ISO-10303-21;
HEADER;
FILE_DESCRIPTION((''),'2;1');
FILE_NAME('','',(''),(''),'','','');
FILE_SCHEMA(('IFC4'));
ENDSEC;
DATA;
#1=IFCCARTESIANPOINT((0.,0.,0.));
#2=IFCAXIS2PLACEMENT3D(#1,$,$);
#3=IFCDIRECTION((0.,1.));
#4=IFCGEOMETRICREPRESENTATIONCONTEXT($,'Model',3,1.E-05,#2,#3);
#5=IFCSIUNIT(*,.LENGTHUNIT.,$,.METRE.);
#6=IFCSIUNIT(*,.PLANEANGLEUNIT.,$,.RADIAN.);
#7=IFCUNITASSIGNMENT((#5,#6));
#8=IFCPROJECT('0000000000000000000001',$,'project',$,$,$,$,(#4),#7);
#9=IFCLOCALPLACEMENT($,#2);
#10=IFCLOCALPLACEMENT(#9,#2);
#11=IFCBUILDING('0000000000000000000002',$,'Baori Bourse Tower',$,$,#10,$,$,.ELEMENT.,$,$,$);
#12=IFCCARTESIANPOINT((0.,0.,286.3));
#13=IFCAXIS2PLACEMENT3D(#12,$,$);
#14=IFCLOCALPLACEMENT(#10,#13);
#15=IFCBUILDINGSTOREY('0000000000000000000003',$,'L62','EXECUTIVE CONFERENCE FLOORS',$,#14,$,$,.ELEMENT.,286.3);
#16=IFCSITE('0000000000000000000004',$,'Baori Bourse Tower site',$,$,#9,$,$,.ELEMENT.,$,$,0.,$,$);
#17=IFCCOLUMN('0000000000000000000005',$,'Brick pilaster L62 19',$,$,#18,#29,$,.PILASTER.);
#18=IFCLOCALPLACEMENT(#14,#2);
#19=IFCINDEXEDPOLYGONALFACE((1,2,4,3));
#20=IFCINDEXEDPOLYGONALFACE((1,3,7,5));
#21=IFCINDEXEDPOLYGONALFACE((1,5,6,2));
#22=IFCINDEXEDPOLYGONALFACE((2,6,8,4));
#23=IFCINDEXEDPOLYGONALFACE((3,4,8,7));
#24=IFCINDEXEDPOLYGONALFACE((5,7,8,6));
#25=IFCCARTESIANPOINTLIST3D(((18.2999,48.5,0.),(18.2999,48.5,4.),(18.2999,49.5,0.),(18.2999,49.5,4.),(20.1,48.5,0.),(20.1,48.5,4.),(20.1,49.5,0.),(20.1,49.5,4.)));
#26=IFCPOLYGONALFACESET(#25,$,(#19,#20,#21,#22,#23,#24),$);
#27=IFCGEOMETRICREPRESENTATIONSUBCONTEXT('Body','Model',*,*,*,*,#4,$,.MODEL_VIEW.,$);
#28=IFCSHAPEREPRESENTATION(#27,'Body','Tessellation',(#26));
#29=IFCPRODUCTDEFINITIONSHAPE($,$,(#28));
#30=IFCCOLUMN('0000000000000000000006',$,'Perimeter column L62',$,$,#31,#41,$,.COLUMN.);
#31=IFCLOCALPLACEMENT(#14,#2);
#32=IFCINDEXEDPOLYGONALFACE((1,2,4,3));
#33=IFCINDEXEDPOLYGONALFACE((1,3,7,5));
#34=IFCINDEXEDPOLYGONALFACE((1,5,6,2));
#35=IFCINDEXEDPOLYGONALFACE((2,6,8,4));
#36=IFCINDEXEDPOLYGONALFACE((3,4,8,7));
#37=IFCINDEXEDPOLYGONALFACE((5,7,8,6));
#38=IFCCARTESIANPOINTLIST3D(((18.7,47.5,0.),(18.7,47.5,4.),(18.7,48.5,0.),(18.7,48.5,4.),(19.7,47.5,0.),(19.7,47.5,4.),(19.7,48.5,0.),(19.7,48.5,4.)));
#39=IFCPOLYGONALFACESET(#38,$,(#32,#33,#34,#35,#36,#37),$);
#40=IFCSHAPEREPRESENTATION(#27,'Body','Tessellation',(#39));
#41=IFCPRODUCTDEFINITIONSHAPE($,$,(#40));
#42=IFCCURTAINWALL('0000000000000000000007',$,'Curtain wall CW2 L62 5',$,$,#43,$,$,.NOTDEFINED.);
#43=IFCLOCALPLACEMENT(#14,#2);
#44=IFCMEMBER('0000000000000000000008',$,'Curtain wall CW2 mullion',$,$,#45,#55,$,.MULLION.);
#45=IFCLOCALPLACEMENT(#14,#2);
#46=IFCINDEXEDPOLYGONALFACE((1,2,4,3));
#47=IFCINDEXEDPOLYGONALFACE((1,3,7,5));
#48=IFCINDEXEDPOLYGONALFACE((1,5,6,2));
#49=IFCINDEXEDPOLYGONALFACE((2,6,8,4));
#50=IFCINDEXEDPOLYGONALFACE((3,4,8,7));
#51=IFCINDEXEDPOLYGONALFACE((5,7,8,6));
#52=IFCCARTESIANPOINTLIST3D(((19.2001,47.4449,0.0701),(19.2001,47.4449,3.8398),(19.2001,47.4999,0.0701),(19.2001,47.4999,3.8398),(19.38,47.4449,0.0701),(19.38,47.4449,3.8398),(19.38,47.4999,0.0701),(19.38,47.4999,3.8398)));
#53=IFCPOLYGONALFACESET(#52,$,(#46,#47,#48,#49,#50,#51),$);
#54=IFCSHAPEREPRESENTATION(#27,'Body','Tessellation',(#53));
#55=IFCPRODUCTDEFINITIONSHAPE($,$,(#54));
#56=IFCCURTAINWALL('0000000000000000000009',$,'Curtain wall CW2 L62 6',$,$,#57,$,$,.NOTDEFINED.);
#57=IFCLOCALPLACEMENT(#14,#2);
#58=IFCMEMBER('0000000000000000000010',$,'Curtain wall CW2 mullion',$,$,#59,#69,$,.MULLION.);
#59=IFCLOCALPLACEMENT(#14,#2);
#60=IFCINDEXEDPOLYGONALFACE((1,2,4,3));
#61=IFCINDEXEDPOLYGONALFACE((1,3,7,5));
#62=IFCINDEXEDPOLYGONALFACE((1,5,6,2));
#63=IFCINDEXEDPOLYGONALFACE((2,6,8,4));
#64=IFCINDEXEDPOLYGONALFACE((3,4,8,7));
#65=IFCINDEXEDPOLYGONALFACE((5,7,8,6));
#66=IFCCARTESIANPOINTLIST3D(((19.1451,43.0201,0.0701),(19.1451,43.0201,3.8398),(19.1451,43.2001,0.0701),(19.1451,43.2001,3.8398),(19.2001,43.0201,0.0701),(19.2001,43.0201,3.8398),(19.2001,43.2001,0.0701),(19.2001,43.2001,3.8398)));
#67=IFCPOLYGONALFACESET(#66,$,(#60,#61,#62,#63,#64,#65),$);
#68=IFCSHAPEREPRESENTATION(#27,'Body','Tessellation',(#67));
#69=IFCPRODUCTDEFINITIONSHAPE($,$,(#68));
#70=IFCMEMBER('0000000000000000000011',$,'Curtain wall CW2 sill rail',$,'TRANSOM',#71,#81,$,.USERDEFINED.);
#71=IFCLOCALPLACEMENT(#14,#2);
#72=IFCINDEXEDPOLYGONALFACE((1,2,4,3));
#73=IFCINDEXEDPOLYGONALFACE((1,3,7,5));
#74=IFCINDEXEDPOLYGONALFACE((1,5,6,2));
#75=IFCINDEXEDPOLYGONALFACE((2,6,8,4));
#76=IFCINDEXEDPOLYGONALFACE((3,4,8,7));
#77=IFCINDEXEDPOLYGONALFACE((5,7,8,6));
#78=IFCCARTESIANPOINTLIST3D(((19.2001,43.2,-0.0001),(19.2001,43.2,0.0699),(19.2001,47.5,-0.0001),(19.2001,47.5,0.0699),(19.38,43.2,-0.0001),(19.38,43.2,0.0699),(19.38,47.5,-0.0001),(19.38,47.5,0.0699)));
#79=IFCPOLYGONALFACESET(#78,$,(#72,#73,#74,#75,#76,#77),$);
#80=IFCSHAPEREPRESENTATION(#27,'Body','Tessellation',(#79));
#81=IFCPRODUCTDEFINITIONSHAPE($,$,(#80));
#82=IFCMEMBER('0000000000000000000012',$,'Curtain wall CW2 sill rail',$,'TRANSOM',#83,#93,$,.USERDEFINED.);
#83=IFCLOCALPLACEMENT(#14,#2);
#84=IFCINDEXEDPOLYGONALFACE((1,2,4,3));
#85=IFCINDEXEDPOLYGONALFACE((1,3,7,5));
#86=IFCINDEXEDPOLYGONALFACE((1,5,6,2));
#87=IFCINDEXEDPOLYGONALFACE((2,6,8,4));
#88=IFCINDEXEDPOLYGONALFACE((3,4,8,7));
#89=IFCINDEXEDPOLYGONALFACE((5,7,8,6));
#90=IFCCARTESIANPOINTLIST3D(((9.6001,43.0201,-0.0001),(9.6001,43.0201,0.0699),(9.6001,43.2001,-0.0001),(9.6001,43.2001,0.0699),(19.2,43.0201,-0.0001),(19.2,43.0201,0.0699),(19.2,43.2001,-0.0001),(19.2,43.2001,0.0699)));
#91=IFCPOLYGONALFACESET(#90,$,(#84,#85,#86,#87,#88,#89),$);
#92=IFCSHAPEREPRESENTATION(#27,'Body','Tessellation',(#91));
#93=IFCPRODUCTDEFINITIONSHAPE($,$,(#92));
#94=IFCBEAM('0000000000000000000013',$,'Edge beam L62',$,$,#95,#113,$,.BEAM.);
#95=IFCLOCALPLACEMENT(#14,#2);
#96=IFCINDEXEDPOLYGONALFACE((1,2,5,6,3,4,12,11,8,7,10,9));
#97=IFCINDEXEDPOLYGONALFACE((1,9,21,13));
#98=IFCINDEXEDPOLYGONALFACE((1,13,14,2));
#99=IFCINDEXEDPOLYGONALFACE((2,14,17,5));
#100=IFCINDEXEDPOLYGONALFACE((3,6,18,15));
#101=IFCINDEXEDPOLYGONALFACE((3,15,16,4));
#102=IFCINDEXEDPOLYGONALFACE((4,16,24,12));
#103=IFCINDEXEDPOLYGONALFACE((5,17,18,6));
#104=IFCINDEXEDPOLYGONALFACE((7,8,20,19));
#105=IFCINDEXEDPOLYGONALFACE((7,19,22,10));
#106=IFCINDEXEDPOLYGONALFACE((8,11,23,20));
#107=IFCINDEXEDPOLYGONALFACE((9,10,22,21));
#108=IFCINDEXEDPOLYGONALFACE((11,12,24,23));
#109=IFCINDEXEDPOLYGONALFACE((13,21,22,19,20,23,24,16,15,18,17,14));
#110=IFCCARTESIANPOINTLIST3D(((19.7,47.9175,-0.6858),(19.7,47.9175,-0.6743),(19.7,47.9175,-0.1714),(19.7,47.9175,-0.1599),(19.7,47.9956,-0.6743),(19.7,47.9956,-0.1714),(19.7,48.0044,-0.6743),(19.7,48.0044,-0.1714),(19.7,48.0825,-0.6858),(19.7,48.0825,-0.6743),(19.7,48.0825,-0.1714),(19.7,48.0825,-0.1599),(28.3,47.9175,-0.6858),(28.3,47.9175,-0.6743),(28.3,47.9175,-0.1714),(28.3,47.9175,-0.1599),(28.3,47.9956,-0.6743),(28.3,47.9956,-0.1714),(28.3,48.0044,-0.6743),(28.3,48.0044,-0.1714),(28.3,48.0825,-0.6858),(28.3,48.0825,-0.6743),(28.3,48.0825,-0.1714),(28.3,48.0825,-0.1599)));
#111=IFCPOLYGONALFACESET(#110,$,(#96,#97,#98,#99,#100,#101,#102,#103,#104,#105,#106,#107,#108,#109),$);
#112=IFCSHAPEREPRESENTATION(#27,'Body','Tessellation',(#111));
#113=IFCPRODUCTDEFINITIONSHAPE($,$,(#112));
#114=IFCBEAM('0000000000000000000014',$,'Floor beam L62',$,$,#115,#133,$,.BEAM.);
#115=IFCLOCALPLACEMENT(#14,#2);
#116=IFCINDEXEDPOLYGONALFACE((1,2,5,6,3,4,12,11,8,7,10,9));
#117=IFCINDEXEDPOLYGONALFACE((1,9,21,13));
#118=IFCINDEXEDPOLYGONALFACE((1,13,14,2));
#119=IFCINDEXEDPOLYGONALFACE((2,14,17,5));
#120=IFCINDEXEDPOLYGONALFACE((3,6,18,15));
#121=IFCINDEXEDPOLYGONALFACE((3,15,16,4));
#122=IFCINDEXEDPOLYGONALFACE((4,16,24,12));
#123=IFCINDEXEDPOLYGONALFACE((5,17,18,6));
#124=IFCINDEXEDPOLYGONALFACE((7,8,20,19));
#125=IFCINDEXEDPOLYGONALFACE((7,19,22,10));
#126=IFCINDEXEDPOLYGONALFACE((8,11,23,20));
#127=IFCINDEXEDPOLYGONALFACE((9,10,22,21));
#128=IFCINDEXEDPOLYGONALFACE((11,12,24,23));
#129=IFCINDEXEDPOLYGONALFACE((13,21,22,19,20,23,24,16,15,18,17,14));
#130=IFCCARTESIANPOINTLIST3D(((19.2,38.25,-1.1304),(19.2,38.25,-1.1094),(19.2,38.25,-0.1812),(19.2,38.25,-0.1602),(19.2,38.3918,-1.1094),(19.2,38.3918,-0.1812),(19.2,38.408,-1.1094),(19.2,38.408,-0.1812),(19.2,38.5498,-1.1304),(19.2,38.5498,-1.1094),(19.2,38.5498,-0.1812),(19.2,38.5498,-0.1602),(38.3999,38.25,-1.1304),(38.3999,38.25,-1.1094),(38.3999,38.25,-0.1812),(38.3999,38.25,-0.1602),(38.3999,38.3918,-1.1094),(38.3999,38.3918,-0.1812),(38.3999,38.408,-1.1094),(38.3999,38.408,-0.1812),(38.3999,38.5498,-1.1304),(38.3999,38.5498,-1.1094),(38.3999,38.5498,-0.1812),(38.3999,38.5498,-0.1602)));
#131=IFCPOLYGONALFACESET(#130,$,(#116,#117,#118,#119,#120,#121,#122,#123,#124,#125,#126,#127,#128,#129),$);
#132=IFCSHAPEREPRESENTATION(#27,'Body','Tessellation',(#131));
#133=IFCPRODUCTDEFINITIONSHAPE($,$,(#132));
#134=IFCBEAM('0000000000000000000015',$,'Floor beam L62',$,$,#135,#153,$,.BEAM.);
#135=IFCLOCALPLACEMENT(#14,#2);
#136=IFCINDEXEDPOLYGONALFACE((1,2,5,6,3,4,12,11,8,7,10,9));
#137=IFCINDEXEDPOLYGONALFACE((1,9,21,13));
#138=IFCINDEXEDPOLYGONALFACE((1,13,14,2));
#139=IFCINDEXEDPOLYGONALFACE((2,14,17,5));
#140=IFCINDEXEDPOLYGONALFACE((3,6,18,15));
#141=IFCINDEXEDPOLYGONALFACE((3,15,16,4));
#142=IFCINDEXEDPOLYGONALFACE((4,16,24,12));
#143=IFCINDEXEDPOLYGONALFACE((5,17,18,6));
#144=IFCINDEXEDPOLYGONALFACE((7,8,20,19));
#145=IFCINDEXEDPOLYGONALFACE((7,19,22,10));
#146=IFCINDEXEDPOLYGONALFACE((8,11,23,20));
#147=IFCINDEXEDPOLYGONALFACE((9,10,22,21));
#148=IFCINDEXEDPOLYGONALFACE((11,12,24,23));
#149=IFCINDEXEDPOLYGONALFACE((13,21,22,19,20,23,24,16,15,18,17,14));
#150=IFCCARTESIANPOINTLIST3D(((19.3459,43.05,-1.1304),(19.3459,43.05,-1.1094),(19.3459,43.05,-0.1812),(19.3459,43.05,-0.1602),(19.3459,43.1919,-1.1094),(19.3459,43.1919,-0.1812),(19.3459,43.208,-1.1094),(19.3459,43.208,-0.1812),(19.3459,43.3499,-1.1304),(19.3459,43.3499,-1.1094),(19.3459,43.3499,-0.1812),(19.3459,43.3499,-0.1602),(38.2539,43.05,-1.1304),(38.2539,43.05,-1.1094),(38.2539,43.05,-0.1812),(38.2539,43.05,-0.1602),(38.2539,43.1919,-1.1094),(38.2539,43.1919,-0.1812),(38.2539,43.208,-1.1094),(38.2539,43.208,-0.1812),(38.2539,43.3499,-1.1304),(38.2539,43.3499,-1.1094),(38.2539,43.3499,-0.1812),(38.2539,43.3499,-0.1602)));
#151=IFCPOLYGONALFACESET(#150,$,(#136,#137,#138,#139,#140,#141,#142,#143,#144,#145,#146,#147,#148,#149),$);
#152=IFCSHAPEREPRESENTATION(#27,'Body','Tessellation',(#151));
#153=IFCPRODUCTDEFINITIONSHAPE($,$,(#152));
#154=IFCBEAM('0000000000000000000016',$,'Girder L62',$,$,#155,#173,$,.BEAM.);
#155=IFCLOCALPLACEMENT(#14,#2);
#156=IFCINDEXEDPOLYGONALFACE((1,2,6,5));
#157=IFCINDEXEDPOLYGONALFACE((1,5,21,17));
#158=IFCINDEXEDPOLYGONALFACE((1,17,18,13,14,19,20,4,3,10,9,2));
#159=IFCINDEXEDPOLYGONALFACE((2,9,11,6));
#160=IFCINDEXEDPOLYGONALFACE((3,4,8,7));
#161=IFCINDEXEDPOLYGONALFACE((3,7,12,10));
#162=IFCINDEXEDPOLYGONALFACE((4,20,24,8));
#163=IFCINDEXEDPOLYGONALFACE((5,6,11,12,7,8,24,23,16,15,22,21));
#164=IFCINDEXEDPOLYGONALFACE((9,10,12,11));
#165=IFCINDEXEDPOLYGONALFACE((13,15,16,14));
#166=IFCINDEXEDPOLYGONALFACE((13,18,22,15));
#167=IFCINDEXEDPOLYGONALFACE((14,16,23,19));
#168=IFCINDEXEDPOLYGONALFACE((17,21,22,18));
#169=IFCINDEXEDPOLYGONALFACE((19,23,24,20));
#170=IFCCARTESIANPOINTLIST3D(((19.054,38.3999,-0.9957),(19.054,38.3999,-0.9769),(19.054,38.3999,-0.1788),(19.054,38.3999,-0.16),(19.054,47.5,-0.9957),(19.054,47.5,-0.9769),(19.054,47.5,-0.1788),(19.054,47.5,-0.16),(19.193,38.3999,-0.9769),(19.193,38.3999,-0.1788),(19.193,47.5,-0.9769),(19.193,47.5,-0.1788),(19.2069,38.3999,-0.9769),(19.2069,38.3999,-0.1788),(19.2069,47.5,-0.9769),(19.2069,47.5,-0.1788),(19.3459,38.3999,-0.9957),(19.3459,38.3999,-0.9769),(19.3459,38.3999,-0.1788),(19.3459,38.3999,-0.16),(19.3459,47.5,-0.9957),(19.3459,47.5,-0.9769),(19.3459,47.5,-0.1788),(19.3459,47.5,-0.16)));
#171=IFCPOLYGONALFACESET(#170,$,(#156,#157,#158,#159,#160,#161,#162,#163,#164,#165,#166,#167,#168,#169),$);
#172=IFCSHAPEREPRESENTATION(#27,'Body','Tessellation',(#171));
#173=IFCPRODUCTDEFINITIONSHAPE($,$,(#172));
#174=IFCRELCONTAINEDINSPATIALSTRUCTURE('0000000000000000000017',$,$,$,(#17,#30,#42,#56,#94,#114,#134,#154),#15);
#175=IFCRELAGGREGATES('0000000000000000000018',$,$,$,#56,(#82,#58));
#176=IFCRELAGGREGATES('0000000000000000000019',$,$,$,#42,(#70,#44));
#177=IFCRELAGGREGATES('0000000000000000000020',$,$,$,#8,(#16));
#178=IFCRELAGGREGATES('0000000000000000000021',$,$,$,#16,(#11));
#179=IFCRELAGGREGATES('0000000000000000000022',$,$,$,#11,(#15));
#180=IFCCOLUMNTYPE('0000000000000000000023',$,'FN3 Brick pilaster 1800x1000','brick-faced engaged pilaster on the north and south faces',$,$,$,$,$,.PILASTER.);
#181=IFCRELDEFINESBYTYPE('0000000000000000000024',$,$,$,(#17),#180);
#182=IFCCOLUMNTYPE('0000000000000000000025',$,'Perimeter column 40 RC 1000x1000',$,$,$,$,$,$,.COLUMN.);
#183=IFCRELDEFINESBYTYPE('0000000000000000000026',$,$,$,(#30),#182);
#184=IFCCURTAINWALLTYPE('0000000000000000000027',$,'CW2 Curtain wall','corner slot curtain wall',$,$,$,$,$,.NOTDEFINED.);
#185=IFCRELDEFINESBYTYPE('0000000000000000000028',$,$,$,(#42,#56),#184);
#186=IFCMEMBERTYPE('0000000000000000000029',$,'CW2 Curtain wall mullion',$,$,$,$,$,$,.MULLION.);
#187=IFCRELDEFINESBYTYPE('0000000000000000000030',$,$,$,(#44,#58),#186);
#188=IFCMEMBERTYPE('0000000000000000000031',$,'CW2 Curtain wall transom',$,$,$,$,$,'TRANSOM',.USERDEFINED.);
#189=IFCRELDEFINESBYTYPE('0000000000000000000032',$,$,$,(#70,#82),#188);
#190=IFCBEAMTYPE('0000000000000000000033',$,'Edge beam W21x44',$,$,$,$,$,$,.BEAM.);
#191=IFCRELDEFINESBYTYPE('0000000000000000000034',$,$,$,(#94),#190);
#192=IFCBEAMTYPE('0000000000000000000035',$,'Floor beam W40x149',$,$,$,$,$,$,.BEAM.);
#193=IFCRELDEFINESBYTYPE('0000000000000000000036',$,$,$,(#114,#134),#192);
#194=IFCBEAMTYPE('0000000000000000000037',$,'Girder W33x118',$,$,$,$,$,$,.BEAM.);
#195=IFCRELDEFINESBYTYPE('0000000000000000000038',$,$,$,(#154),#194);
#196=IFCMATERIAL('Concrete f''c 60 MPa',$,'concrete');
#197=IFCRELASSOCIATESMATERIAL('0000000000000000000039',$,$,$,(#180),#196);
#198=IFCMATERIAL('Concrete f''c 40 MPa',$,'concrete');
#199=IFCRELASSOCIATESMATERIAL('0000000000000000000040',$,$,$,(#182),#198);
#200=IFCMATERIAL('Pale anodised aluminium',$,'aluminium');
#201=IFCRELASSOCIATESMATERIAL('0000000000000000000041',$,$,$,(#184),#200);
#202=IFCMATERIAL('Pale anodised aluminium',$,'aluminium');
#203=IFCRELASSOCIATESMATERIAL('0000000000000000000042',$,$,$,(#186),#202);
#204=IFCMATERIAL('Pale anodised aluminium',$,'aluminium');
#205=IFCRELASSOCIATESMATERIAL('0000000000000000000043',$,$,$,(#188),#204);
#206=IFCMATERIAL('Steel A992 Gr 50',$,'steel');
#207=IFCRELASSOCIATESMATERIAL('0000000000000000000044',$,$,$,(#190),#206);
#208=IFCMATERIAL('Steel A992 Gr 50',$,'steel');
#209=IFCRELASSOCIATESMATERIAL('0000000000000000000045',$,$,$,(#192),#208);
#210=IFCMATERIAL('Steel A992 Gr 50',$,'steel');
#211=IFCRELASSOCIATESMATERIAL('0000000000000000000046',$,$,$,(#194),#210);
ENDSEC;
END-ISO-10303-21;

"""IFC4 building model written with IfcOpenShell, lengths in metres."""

from ifc_helpers import new_model, si_unit, direction, frame, origin, origin_2d, place, context, subcontext, project, spatial, rectangle, i_section, extrude, material, material_profile, profile_set, type_object, element, aggregate, save


model = new_model("IFC4")

# Units and contexts
model_context = context("Model", 3, precision=1e-05, world=origin(), true_north=direction((0.0, 1.0)))
body_context = subcontext(model_context, "Body", "Model", "MODEL_VIEW")
ifc_project = project(units=[si_unit("LENGTHUNIT", "METRE"), si_unit("PLANEANGLEUNIT", "RADIAN")], contexts=[model_context])

# Site, building, storey
site_placement = place(None, origin())
site = spatial("IfcSite", under=ifc_project, at=site_placement, Name="Baori Bourse Tower site", CompositionType="ELEMENT", RefElevation=0.0)
building_placement = place(site_placement, origin())
building = spatial("IfcBuilding", under=site, at=building_placement, Name="Baori Bourse Tower", CompositionType="ELEMENT")
storey_placement = place(building_placement, frame((0.0, 0.0, 286.3)))
storey = spatial("IfcBuildingStorey", under=building, at=storey_placement, Name="L62", Description="EXECUTIVE CONFERENCE FLOORS", CompositionType="ELEMENT", Elevation=286.3)

# Columns
ifc_material_1 = material(Name="Concrete f'c 60 MPa", Category="concrete")
ifc_material_profile_1 = material_profile(ifc_material_1, rectangle(XDim=1.8, YDim=1.0, at=origin_2d()), Name="RC 1800x1000")
ifc_profile_set_1 = profile_set([ifc_material_profile_1], Name="Concrete f'c 60 MPa")
column_type_1 = type_object("IfcColumnType", Name="FN3 Brick pilaster 1800x1000", Description="brick-faced engaged pilaster on the north and south faces", PredefinedType="PILASTER", material=ifc_profile_set_1)
column_1_placement = place(storey_placement, frame((19.2, 49.0, 0.0), z_axis=(0.0, 0.0, 1.0), x_axis=(1.0, 0.0, 0.0)))
element("IfcColumn", 1, at=column_1_placement, inside=storey, type_object=column_type_1, Name="Brick pilaster L62 19", PredefinedType="PILASTER", context=body_context, shape_type="SweptSolid", body=[
    extrude(rectangle(XDim=1.8, YDim=1.0, at=origin_2d()), origin(), (0.0, 0.0, 1.0), 4.0),
])
ifc_material_2 = material(Name="Concrete f'c 40 MPa", Category="concrete")
ifc_material_profile_2 = material_profile(ifc_material_2, rectangle(XDim=1.0, YDim=1.0, at=origin_2d()), Name="RC 1000x1000")
ifc_profile_set_2 = profile_set([ifc_material_profile_2], Name="Concrete f'c 40 MPa")
column_type_2 = type_object("IfcColumnType", Name="Perimeter column 40 RC 1000x1000", PredefinedType="COLUMN", material=ifc_profile_set_2)
column_2_placement = place(storey_placement, frame((19.2, 48.0, 0.0), z_axis=(0.0, 0.0, 1.0), x_axis=(1.0, 0.0, 0.0)))
element("IfcColumn", 2, at=column_2_placement, inside=storey, type_object=column_type_2, Name="Perimeter column L62", PredefinedType="COLUMN", context=body_context, shape_type="SweptSolid", body=[
    extrude(rectangle(XDim=1.0, YDim=1.0, at=origin_2d()), origin(), (0.0, 0.0, 1.0), 4.0),
])

# Curtain walls, members
ifc_material_3 = material(Name="Pale anodised aluminium", Category="aluminium")
curtain_wall_type = type_object("IfcCurtainWallType", Name="CW2 Curtain wall", Description="corner slot curtain wall", PredefinedType="NOTDEFINED", material=ifc_material_3)
curtain_wall_1_placement = place(storey_placement, origin())
curtain_wall_1 = element("IfcCurtainWall", 3, at=curtain_wall_1_placement, inside=storey, type_object=curtain_wall_type, Name="Curtain wall CW2 L62 5", PredefinedType="NOTDEFINED")
ifc_material_4 = material(Name="Pale anodised aluminium", Category="aluminium")
ifc_material_profile_3 = material_profile(ifc_material_4, rectangle(XDim=0.1799, YDim=0.0549, at=origin_2d()), Name="Mullion 55x180")
ifc_profile_set_3 = profile_set([ifc_material_profile_3], Name="Pale anodised aluminium")
member_type_1 = type_object("IfcMemberType", Name="CW2 Curtain wall mullion", PredefinedType="MULLION", material=ifc_profile_set_3)
member_1_placement = place(storey_placement, frame((19.29, 47.4724, 0.0701), z_axis=(0.0, 0.0, 1.0), x_axis=(1.0, 0.0, 0.0)))
member_1 = element("IfcMember", 4, at=member_1_placement, type_object=member_type_1, Name="Curtain wall CW2 mullion", PredefinedType="MULLION", context=body_context, shape_type="SweptSolid", body=[
    extrude(rectangle(XDim=0.1799, YDim=0.0549, at=origin_2d()), origin(), (0.0, 0.0, 1.0), 3.7698),
])
curtain_wall_2_placement = place(storey_placement, origin())
curtain_wall_2 = element("IfcCurtainWall", 5, at=curtain_wall_2_placement, inside=storey, type_object=curtain_wall_type, Name="Curtain wall CW2 L62 6", PredefinedType="NOTDEFINED")
member_2_placement = place(storey_placement, frame((19.1726, 43.1101, 0.0701), z_axis=(0.0, 0.0, 1.0), x_axis=(0.0, -1.0, 0.0)))
member_2 = element("IfcMember", 6, at=member_2_placement, type_object=member_type_1, Name="Curtain wall CW2 mullion", PredefinedType="MULLION", context=body_context, shape_type="SweptSolid", body=[
    extrude(rectangle(XDim=0.1799, YDim=0.0549, at=origin_2d()), origin(), (0.0, 0.0, 1.0), 3.7698),
])

# Members
ifc_material_5 = material(Name="Pale anodised aluminium", Category="aluminium")
ifc_material_profile_4 = material_profile(ifc_material_5, rectangle(XDim=0.1799, YDim=0.0701, at=origin_2d()), Name="Transom 70x180")
ifc_profile_set_4 = profile_set([ifc_material_profile_4], Name="Pale anodised aluminium")
member_type_2 = type_object("IfcMemberType", Name="CW2 Curtain wall transom", ElementType="TRANSOM", PredefinedType="USERDEFINED", material=ifc_profile_set_4)
member_3_placement = place(storey_placement, frame((19.29, 47.5, 0.0349), z_axis=(0.0, -1.0, 0.0), x_axis=(1.0, 0.0, 0.0)))
member_3 = element("IfcMember", 7, at=member_3_placement, type_object=member_type_2, Name="Curtain wall CW2 sill rail", ObjectType="TRANSOM", PredefinedType="USERDEFINED", context=body_context, shape_type="SweptSolid", body=[
    extrude(rectangle(XDim=0.1799, YDim=0.0701, at=origin_2d()), origin(), (0.0, 0.0, 1.0), 4.3),
])
member_4_placement = place(storey_placement, frame((19.2, 43.1101, 0.0349), z_axis=(-1.0, 0.0, 0.0), x_axis=(0.0, -1.0, 0.0)))
member_4 = element("IfcMember", 8, at=member_4_placement, type_object=member_type_2, Name="Curtain wall CW2 sill rail", ObjectType="TRANSOM", PredefinedType="USERDEFINED", context=body_context, shape_type="SweptSolid", body=[
    extrude(rectangle(XDim=0.1799, YDim=0.0701, at=origin_2d()), origin(), (0.0, 0.0, 1.0), 9.5999),
])
aggregate(curtain_wall_2, [member_4, member_2])

# Beams
ifc_material_6 = material(Name="Steel A992 Gr 50", Category="steel")
ifc_material_profile_5 = material_profile(ifc_material_6, i_section(OverallWidth=0.165, OverallDepth=0.5259, WebThickness=0.0088, FlangeThickness=0.0115, at=origin_2d()), Name="W21x44")
ifc_profile_set_5 = profile_set([ifc_material_profile_5], Name="Steel A992 Gr 50")
beam_type_1 = type_object("IfcBeamType", Name="Edge beam W21x44", PredefinedType="BEAM", material=ifc_profile_set_5)
beam_1_placement = place(storey_placement, frame((19.7, 48.0, -0.4229), z_axis=(1.0, 0.0, 0.0), x_axis=(0.0, 1.0, 0.0)))
element("IfcBeam", 9, at=beam_1_placement, inside=storey, type_object=beam_type_1, Name="Edge beam L62", PredefinedType="BEAM", context=body_context, shape_type="SweptSolid", body=[
    extrude(i_section(OverallWidth=0.165, OverallDepth=0.5259, WebThickness=0.0088, FlangeThickness=0.0115, at=origin_2d()), origin(), (0.0, 0.0, 1.0), 8.6001),
])
ifc_material_7 = material(Name="Steel A992 Gr 50", Category="steel")
ifc_material_profile_6 = material_profile(ifc_material_7, i_section(OverallWidth=0.2998, OverallDepth=0.9702, WebThickness=0.0161, FlangeThickness=0.021, at=origin_2d()), Name="W40x149")
ifc_profile_set_6 = profile_set([ifc_material_profile_6], Name="Steel A992 Gr 50")
beam_type_2 = type_object("IfcBeamType", Name="Floor beam W40x149", PredefinedType="BEAM", material=ifc_profile_set_6)
beam_2_placement = place(storey_placement, frame((19.2, 38.3999, -0.6453), z_axis=(1.0, 0.0, 0.0), x_axis=(0.0, 1.0, 0.0)))
element("IfcBeam", 10, at=beam_2_placement, inside=storey, type_object=beam_type_2, Name="Floor beam L62", PredefinedType="BEAM", context=body_context, shape_type="SweptSolid", body=[
    extrude(i_section(OverallWidth=0.2998, OverallDepth=0.9702, WebThickness=0.0161, FlangeThickness=0.021, at=origin_2d()), origin(), (0.0, 0.0, 1.0), 19.2),
])
beam_3_placement = place(storey_placement, frame((19.3459, 43.2, -0.6453), z_axis=(1.0, 0.0, 0.0), x_axis=(0.0, 1.0, 0.0)))
element("IfcBeam", 11, at=beam_3_placement, inside=storey, type_object=beam_type_2, Name="Floor beam L62", PredefinedType="BEAM", context=body_context, shape_type="SweptSolid", body=[
    extrude(i_section(OverallWidth=0.2998, OverallDepth=0.9702, WebThickness=0.0161, FlangeThickness=0.021, at=origin_2d()), origin(), (0.0, 0.0, 1.0), 18.908),
])
ifc_material_8 = material(Name="Steel A992 Gr 50", Category="steel")
ifc_material_profile_7 = material_profile(ifc_material_8, i_section(OverallWidth=0.292, OverallDepth=0.8357, WebThickness=0.0139, FlangeThickness=0.0188, at=origin_2d()), Name="W33x118")
ifc_profile_set_7 = profile_set([ifc_material_profile_7], Name="Steel A992 Gr 50")
beam_type_3 = type_object("IfcBeamType", Name="Girder W33x118", PredefinedType="BEAM", material=ifc_profile_set_7)
beam_4_placement = place(storey_placement, frame((19.2, 38.3999, -0.5779), z_axis=(0.0, 1.0, 0.0), x_axis=(-1.0, 0.0, 0.0)))
element("IfcBeam", 12, at=beam_4_placement, inside=storey, type_object=beam_type_3, Name="Girder L62", PredefinedType="BEAM", context=body_context, shape_type="SweptSolid", body=[
    extrude(i_section(OverallWidth=0.292, OverallDepth=0.8357, WebThickness=0.0139, FlangeThickness=0.0188, at=origin_2d()), origin(), (0.0, 0.0, 1.0), 9.1001),
])

aggregate(curtain_wall_1, [member_3, member_1])

save(model, "model.ifc")
